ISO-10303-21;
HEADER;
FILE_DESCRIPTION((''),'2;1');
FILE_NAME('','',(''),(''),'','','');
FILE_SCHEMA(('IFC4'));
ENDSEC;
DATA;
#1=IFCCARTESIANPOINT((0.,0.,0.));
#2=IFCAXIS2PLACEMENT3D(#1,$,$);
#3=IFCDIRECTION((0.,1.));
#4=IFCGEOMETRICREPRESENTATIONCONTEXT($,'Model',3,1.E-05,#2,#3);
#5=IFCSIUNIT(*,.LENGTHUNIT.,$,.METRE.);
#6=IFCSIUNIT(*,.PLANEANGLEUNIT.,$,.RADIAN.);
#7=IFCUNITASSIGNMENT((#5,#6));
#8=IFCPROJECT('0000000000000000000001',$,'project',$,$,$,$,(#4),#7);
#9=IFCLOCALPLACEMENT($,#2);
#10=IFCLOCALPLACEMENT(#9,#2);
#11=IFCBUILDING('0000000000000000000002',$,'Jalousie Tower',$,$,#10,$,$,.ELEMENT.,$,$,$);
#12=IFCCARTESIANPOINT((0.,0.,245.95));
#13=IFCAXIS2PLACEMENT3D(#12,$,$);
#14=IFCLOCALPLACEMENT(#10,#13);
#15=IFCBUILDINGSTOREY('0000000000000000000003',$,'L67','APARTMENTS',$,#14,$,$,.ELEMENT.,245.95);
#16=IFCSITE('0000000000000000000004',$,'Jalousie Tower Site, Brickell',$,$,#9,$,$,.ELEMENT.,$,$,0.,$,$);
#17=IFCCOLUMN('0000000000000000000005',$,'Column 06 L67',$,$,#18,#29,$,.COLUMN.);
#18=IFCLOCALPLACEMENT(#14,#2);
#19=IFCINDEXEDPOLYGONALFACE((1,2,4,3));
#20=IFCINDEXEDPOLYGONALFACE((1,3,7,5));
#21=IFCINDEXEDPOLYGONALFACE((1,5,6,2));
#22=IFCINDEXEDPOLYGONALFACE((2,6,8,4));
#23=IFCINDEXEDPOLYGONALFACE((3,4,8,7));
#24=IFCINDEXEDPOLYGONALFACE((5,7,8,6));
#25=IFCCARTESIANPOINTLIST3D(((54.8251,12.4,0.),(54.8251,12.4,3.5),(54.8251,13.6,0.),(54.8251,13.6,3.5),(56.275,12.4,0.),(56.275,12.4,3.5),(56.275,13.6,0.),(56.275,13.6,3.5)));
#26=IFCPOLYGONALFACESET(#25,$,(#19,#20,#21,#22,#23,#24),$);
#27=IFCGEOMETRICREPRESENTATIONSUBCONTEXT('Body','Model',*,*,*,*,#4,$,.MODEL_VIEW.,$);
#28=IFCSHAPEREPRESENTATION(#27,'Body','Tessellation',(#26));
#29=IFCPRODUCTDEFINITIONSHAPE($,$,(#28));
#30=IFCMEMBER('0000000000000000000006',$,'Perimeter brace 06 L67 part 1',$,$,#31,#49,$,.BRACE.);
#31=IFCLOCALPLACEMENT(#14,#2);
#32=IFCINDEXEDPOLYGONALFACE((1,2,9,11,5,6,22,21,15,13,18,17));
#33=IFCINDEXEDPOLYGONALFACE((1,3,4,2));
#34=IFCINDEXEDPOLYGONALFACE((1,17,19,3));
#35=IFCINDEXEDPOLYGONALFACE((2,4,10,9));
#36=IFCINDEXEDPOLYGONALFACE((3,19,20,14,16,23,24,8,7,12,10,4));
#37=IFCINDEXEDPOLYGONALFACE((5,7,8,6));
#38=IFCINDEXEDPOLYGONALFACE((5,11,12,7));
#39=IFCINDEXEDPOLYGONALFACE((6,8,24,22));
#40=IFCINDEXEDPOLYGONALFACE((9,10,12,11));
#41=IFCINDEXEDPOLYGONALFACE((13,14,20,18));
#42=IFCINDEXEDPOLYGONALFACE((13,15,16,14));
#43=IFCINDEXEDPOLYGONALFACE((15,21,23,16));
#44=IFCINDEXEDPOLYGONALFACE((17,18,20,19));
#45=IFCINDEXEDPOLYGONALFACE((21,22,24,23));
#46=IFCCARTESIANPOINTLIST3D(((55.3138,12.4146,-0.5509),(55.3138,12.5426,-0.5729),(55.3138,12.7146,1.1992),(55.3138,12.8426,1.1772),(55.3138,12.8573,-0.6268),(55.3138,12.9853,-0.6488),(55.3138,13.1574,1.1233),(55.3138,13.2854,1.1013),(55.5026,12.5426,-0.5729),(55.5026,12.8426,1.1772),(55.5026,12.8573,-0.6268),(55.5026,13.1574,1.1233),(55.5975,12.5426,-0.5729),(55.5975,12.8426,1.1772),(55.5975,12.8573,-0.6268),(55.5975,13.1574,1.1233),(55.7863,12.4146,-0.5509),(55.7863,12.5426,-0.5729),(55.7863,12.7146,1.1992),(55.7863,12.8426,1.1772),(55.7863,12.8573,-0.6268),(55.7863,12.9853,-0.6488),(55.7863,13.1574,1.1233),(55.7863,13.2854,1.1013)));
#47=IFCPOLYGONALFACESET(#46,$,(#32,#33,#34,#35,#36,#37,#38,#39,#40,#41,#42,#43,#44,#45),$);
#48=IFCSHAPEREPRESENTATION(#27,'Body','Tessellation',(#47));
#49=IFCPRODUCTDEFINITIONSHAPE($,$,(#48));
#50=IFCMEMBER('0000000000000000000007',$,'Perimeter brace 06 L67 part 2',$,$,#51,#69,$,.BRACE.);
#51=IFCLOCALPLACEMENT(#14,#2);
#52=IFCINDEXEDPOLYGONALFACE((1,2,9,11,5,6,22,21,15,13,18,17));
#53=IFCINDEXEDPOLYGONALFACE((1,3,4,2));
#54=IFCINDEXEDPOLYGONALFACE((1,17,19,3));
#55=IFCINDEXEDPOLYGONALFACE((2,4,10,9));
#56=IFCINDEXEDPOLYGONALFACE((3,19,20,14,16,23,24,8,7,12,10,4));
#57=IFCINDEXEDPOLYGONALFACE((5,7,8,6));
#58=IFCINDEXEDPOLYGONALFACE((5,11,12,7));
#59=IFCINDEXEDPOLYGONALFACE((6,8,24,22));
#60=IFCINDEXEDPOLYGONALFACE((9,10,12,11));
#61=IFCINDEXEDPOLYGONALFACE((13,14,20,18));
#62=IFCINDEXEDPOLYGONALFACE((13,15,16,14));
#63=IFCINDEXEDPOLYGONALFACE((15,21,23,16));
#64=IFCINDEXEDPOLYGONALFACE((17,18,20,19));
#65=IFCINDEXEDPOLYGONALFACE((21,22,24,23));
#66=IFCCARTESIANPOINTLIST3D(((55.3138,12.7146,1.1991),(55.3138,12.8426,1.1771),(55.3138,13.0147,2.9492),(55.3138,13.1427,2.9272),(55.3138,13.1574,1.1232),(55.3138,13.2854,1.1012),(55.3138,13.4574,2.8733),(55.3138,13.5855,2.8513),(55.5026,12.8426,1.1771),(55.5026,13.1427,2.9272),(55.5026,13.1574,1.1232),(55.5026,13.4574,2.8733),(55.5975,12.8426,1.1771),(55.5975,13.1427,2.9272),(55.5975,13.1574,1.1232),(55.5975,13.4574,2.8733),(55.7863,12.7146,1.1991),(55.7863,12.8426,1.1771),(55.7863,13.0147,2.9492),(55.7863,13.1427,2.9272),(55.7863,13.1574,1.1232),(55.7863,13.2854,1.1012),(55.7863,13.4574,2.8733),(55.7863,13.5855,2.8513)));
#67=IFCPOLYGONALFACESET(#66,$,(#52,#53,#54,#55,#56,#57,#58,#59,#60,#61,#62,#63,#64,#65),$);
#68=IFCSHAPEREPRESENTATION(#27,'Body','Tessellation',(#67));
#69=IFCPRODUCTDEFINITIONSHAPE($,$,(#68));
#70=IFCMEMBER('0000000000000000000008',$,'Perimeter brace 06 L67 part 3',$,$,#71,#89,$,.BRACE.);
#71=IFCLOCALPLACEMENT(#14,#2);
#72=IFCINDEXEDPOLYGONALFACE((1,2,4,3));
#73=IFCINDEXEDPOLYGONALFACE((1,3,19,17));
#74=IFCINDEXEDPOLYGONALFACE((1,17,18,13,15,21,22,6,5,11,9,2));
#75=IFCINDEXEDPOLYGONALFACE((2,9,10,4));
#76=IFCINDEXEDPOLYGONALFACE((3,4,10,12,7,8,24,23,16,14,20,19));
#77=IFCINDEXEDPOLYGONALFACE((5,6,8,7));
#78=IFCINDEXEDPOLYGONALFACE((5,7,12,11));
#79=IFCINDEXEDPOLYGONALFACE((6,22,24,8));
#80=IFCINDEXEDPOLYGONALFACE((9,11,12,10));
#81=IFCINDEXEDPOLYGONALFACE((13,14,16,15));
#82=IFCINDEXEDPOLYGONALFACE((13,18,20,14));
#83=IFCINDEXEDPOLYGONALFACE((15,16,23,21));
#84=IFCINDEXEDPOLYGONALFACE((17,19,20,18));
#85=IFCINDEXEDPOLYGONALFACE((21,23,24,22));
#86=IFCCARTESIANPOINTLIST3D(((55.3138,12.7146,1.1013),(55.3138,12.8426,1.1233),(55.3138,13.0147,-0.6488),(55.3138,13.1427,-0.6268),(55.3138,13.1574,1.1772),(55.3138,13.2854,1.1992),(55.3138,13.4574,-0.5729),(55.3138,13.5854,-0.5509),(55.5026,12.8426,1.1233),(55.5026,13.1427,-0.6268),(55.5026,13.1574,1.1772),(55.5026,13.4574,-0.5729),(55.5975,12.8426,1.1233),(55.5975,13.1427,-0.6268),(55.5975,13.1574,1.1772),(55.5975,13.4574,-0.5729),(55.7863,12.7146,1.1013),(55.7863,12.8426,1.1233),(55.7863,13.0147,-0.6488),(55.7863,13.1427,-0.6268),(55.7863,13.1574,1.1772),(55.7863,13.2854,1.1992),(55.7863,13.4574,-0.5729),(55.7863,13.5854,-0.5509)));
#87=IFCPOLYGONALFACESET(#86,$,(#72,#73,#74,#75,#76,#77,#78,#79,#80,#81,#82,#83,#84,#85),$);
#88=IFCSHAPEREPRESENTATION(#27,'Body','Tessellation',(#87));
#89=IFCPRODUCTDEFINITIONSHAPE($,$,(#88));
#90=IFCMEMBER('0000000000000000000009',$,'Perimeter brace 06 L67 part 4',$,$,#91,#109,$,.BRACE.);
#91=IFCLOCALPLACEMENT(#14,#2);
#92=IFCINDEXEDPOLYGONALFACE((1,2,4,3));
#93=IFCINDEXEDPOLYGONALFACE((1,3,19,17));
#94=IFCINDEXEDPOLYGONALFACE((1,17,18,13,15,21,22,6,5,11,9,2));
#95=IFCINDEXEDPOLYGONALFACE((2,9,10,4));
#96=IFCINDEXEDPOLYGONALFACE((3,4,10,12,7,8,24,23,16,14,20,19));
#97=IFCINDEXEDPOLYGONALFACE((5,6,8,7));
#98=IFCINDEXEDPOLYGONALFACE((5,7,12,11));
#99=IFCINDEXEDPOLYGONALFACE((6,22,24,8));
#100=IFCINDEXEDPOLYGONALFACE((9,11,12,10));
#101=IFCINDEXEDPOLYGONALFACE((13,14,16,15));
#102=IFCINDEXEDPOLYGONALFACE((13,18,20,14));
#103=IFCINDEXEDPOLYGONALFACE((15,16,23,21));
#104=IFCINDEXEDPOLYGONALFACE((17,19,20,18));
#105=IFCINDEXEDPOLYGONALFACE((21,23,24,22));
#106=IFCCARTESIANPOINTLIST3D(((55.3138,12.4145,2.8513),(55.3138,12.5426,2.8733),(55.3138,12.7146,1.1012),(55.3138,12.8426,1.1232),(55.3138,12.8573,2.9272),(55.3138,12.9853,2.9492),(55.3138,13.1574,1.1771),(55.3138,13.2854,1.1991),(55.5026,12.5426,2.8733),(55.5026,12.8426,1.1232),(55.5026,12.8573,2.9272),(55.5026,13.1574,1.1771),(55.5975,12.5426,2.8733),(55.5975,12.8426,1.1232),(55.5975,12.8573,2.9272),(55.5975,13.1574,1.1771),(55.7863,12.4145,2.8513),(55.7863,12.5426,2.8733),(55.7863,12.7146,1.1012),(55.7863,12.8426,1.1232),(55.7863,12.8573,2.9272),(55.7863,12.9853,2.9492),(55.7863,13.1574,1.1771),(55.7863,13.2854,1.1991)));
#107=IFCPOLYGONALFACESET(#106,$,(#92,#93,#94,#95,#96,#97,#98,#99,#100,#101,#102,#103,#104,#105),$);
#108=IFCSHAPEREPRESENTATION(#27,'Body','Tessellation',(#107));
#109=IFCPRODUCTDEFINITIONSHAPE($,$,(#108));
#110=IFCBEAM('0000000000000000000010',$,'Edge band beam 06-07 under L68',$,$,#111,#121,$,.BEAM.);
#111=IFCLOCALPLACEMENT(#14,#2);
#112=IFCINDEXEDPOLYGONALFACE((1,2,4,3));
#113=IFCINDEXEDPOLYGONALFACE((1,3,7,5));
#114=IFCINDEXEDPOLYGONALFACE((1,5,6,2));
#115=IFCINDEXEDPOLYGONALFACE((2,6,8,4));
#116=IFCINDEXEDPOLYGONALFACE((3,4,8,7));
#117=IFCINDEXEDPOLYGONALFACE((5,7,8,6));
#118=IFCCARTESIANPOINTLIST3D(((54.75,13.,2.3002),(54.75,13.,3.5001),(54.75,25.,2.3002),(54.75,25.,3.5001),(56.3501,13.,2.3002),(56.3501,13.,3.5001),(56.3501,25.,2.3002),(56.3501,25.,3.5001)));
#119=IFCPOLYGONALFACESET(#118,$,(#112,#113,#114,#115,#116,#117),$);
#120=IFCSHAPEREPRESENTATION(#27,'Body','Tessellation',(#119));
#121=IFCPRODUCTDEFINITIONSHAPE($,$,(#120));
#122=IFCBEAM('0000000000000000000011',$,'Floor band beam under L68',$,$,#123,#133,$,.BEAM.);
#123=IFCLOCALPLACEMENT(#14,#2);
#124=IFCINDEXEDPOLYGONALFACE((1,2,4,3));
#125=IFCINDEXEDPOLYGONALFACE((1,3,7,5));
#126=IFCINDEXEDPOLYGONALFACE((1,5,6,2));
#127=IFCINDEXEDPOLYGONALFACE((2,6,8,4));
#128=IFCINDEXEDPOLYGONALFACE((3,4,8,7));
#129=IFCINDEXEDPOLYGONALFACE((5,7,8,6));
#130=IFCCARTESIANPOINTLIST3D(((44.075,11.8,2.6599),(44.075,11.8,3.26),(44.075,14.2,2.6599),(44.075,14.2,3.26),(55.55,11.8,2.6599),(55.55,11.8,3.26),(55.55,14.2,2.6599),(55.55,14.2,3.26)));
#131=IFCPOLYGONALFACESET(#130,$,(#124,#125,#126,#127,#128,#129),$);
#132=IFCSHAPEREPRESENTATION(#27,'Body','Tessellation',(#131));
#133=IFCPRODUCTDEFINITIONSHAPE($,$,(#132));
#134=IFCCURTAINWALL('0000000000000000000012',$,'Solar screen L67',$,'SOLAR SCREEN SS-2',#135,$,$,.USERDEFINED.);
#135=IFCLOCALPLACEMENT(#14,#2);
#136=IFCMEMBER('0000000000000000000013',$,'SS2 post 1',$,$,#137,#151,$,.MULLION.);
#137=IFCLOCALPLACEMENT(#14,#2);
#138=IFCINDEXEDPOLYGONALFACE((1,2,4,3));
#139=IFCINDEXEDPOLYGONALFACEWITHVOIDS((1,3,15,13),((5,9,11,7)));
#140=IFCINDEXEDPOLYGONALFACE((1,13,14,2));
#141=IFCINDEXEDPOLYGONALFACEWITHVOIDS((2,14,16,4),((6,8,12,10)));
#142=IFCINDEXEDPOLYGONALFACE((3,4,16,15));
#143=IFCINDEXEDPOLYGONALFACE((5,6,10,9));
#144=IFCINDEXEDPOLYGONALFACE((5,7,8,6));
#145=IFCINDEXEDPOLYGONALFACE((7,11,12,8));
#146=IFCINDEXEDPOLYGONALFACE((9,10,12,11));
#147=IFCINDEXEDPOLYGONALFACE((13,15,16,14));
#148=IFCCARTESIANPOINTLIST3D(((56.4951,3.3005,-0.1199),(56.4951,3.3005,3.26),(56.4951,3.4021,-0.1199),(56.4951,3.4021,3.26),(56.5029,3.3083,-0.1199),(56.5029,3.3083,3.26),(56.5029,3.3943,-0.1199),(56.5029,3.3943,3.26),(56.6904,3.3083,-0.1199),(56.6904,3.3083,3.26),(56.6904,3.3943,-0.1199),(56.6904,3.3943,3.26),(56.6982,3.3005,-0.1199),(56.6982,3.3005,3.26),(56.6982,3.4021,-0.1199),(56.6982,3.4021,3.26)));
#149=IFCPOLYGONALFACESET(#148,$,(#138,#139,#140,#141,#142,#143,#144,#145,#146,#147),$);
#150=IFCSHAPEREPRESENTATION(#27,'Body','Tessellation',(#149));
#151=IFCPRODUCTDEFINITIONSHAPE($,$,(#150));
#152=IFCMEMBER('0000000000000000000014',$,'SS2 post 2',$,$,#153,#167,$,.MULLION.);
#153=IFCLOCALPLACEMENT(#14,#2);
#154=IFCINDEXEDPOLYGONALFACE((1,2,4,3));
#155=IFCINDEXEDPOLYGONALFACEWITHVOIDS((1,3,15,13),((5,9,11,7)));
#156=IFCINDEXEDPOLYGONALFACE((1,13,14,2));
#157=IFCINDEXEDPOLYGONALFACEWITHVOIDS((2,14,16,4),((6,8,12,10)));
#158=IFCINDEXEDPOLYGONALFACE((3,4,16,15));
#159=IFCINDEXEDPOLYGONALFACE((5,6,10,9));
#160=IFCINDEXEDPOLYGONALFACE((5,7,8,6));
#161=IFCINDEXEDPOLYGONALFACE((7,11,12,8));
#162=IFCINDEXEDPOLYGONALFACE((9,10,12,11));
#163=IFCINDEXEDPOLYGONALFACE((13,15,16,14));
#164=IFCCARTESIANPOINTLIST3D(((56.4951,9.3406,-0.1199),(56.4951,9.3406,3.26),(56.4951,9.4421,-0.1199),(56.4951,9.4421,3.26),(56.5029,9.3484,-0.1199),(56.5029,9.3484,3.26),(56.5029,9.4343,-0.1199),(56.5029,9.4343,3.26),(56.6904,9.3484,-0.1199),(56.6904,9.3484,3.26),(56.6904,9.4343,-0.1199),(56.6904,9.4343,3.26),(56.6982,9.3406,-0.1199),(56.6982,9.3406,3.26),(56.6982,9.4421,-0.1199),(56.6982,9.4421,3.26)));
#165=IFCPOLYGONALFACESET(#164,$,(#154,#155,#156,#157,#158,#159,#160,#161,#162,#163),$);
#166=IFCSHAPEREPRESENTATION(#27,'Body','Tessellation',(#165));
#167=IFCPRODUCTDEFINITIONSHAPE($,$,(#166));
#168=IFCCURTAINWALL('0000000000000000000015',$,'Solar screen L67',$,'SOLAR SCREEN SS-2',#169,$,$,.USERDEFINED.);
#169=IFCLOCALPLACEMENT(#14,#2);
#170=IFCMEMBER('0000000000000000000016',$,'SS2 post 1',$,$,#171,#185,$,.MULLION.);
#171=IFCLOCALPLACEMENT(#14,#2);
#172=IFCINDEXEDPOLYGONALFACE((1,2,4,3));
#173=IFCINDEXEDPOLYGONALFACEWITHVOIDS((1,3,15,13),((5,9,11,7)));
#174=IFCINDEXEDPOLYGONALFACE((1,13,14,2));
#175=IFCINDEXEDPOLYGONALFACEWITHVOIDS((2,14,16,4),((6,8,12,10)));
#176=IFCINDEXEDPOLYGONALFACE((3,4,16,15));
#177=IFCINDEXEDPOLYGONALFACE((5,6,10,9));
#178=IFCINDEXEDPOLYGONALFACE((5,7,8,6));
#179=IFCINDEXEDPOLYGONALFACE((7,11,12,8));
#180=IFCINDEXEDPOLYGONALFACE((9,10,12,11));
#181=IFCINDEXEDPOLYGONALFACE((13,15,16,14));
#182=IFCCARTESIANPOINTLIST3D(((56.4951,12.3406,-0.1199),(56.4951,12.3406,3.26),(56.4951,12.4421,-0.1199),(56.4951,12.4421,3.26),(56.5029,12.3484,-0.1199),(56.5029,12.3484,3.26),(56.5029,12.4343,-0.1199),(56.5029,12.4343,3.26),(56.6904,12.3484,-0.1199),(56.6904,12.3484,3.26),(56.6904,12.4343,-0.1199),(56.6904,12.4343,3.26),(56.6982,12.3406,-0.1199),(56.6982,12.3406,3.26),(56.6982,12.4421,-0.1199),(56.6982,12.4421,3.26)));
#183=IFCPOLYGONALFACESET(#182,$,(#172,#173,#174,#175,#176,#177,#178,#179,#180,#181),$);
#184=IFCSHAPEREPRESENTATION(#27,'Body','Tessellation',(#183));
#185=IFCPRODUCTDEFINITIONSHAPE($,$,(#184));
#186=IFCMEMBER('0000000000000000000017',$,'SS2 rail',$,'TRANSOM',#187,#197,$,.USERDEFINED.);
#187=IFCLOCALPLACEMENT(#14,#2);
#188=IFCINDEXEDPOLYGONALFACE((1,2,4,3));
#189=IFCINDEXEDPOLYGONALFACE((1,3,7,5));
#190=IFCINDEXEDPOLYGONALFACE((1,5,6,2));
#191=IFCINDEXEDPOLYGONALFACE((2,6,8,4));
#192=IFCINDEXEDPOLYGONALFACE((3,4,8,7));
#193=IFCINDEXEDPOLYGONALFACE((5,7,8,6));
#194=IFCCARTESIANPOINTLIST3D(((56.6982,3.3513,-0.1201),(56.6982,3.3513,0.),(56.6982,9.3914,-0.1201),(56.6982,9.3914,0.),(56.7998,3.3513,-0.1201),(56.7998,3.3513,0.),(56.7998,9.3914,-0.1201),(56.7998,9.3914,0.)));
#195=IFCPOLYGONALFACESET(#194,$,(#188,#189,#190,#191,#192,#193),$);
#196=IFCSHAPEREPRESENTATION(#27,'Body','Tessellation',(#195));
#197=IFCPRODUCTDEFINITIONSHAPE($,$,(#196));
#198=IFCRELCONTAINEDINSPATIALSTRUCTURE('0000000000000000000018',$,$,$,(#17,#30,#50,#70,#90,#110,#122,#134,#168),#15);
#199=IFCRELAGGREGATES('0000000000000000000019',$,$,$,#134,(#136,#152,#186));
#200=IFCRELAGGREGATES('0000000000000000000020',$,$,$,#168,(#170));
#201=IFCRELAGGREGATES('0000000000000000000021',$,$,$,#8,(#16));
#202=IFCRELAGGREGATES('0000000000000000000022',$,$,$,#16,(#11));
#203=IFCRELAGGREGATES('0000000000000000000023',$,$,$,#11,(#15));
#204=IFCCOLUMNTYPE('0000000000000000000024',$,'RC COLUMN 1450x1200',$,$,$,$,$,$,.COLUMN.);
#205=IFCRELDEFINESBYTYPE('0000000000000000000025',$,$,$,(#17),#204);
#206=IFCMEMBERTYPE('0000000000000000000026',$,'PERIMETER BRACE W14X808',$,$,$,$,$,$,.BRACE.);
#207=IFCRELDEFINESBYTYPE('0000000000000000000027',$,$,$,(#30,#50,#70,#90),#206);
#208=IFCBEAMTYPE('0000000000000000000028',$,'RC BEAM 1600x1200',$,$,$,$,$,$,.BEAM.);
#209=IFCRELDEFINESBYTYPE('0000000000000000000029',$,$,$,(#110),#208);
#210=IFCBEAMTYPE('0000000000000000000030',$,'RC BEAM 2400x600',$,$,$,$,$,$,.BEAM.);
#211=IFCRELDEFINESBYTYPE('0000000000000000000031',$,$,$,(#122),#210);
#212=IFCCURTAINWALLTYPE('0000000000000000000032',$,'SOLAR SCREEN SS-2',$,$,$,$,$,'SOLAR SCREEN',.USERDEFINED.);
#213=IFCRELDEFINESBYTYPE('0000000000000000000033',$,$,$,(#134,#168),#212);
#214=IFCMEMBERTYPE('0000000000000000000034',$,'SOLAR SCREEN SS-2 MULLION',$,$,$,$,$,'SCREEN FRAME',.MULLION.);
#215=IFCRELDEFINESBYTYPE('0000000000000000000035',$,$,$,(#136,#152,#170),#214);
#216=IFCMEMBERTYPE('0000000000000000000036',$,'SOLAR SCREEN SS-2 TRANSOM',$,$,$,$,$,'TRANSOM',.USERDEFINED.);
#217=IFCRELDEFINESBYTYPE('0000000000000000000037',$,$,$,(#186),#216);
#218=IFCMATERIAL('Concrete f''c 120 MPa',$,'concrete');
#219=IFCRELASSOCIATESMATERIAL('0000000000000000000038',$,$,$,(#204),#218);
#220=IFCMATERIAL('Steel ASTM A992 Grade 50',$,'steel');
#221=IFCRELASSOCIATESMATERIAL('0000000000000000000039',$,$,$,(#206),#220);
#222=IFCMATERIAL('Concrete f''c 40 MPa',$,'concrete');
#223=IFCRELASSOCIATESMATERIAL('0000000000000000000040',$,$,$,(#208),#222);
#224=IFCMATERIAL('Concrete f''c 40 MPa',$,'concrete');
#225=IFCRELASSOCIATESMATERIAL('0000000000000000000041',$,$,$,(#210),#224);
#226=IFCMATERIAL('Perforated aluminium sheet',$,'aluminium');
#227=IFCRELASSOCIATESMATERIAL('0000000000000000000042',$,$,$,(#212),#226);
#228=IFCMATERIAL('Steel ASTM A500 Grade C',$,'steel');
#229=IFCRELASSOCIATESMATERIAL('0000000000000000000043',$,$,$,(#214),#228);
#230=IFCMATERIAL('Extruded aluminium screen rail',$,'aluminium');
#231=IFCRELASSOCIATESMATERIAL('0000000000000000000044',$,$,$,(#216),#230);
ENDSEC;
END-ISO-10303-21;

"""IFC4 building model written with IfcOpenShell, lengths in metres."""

from ifc_helpers import new_model, si_unit, direction, frame, origin, origin_2d, place, context, subcontext, project, spatial, rectangle, hollow_rectangle, i_section, extrude, material, material_profile, profile_set, type_object, element, aggregate, save


model = new_model("IFC4")

# Units and contexts
model_context = context("Model", 3, precision=1e-05, world=origin(), true_north=direction((0.0, 1.0)))
body_context = subcontext(model_context, "Body", "Model", "MODEL_VIEW")
ifc_project = project(units=[si_unit("LENGTHUNIT", "METRE"), si_unit("PLANEANGLEUNIT", "RADIAN")], contexts=[model_context])

# Site, building, storey
site_placement = place(None, origin())
site = spatial("IfcSite", under=ifc_project, at=site_placement, Name="Jalousie Tower Site, Brickell", CompositionType="ELEMENT", RefElevation=0.0)
building_placement = place(site_placement, origin())
building = spatial("IfcBuilding", under=site, at=building_placement, Name="Jalousie Tower", CompositionType="ELEMENT")
storey_placement = place(building_placement, frame((0.0, 0.0, 245.95)))
storey = spatial("IfcBuildingStorey", under=building, at=storey_placement, Name="L67", Description="APARTMENTS", CompositionType="ELEMENT", Elevation=245.95)

# Column
ifc_material_1 = material(Name="Concrete f'c 120 MPa", Category="concrete")
ifc_material_profile_1 = material_profile(ifc_material_1, rectangle(XDim=1.45, YDim=1.2, at=origin_2d()), Name="RC 1450x1200")
ifc_profile_set_1 = profile_set([ifc_material_profile_1], Name="Concrete f'c 120 MPa")
column_type = type_object("IfcColumnType", Name="RC COLUMN 1450x1200", PredefinedType="COLUMN", material=ifc_profile_set_1)
column_placement = place(storey_placement, frame((55.55, 13.0, 0.0), z_axis=(0.0, 0.0, 1.0), x_axis=(1.0, 0.0, 0.0)))
element("IfcColumn", 1, at=column_placement, inside=storey, type_object=column_type, Name="Column 06 L67", PredefinedType="COLUMN", context=body_context, shape_type="SweptSolid", body=[
    extrude(rectangle(XDim=1.45, YDim=1.2, at=origin_2d()), origin(), (0.0, 0.0, 1.0), 3.5),
])

# Members
ifc_material_2 = material(Name="Steel ASTM A992 Grade 50", Category="steel")
ifc_material_profile_2 = material_profile(ifc_material_2, i_section(OverallWidth=0.4724, OverallDepth=0.5791, WebThickness=0.095, FlangeThickness=0.1299, at=origin_2d()), Name="W14X808")
ifc_profile_set_2 = profile_set([ifc_material_profile_2], Name="Steel ASTM A992 Grade 50")
member_type_1 = type_object("IfcMemberType", Name="PERIMETER BRACE W14X808", PredefinedType="BRACE", material=ifc_profile_set_2)
for number, where, z_axis, x_axis, name in (
    (2, (55.55, 12.7, -0.5999), (0.0, 0.168991, 0.985618), (-1.0, 0.0, 0.0), "Perimeter brace 06 L67 part 1"),
    (3, (55.55, 13.0, 1.1501), (0.0, 0.168991, 0.985618), (-1.0, 0.0, 0.0), "Perimeter brace 06 L67 part 2"),
    (4, (55.55, 13.3, -0.5999), (0.0, -0.168991, 0.985618), (1.0, 0.0, 0.0), "Perimeter brace 06 L67 part 3"),
    (5, (55.55, 13.0, 1.1501), (0.0, -0.168991, 0.985618), (1.0, 0.0, 0.0), "Perimeter brace 06 L67 part 4"),
):
    element("IfcMember", number, at=place(storey_placement, frame(where, z_axis=z_axis, x_axis=x_axis)), inside=storey, type_object=member_type_1, Name=name, PredefinedType="BRACE", context=body_context, shape_type="SweptSolid", body=[
        extrude(i_section(OverallWidth=0.4724, OverallDepth=0.5791, WebThickness=0.095, FlangeThickness=0.1299, at=origin_2d()), origin(), (0.0, 0.0, 1.0), 1.7756),
    ])

# Beams
ifc_material_3 = material(Name="Concrete f'c 40 MPa", Category="concrete")
ifc_material_profile_3 = material_profile(ifc_material_3, rectangle(XDim=1.6001, YDim=1.2, at=origin_2d()), Name="RC 1600x1200")
ifc_profile_set_3 = profile_set([ifc_material_profile_3], Name="Concrete f'c 40 MPa")
beam_type_1 = type_object("IfcBeamType", Name="RC BEAM 1600x1200", PredefinedType="BEAM", material=ifc_profile_set_3)
beam_1_placement = place(storey_placement, frame((55.55, 13.0, 2.9001), z_axis=(0.0, 1.0, 0.0), x_axis=(-1.0, 0.0, 0.0)))
element("IfcBeam", 6, at=beam_1_placement, inside=storey, type_object=beam_type_1, Name="Edge band beam 06-07 under L68", PredefinedType="BEAM", context=body_context, shape_type="SweptSolid", body=[
    extrude(rectangle(XDim=1.6001, YDim=1.2, at=origin_2d()), origin(), (0.0, 0.0, 1.0), 12.0),
])
ifc_material_4 = material(Name="Concrete f'c 40 MPa", Category="concrete")
ifc_material_profile_4 = material_profile(ifc_material_4, rectangle(XDim=2.3999, YDim=0.6001, at=origin_2d()), Name="RC 2400x600")
ifc_profile_set_4 = profile_set([ifc_material_profile_4], Name="Concrete f'c 40 MPa")
beam_type_2 = type_object("IfcBeamType", Name="RC BEAM 2400x600", PredefinedType="BEAM", material=ifc_profile_set_4)
beam_2_placement = place(storey_placement, frame((55.55, 13.0, 2.96), z_axis=(-1.0, 0.0, 0.0), x_axis=(0.0, -1.0, 0.0)))
element("IfcBeam", 7, at=beam_2_placement, inside=storey, type_object=beam_type_2, Name="Floor band beam under L68", PredefinedType="BEAM", context=body_context, shape_type="SweptSolid", body=[
    extrude(rectangle(XDim=2.3999, YDim=0.6001, at=origin_2d()), origin(), (0.0, 0.0, 1.0), 11.4751),
])

# Curtain wall, members
ifc_material_5 = material(Name="Perforated aluminium sheet", Category="aluminium")
curtain_wall_type = type_object("IfcCurtainWallType", Name="SOLAR SCREEN SS-2", ElementType="SOLAR SCREEN", PredefinedType="USERDEFINED", material=ifc_material_5)
curtain_wall_1_placement = place(storey_placement, origin())
curtain_wall_1 = element("IfcCurtainWall", 8, at=curtain_wall_1_placement, inside=storey, type_object=curtain_wall_type, Name="Solar screen L67", ObjectType="SOLAR SCREEN SS-2", PredefinedType="USERDEFINED")
ifc_material_6 = material(Name="Steel ASTM A500 Grade C", Category="steel")
ifc_material_profile_5 = material_profile(ifc_material_6, hollow_rectangle(XDim=0.1016, YDim=0.2031, WallThickness=0.0078, at=origin_2d()), Name="HSS8X4X5/16")
ifc_profile_set_5 = profile_set([ifc_material_profile_5], Name="Steel ASTM A500 Grade C")
member_type_2 = type_object("IfcMemberType", Name="SOLAR SCREEN SS-2 MULLION", ElementType="SCREEN FRAME", PredefinedType="MULLION", material=ifc_profile_set_5)
member_1_placement = place(storey_placement, frame((56.5967, 3.3513, -0.1199), z_axis=(0.0, 0.0, 1.0), x_axis=(0.0, 1.0, 0.0)))
member_1 = element("IfcMember", 9, at=member_1_placement, type_object=member_type_2, Name="SS2 post 1", PredefinedType="MULLION", context=body_context, shape_type="SweptSolid", body=[
    extrude(hollow_rectangle(XDim=0.1016, YDim=0.2031, WallThickness=0.0078, at=origin_2d()), origin(), (0.0, 0.0, 1.0), 3.3799),
])
member_2_placement = place(storey_placement, frame((56.5967, 9.3914, -0.1199), z_axis=(0.0, 0.0, 1.0), x_axis=(0.0, 1.0, 0.0)))
member_2 = element("IfcMember", 10, at=member_2_placement, type_object=member_type_2, Name="SS2 post 2", PredefinedType="MULLION", context=body_context, shape_type="SweptSolid", body=[
    extrude(hollow_rectangle(XDim=0.1016, YDim=0.2031, WallThickness=0.0078, at=origin_2d()), origin(), (0.0, 0.0, 1.0), 3.3799),
])

# Curtain wall, member
curtain_wall_2_placement = place(storey_placement, origin())
curtain_wall_2 = element("IfcCurtainWall", 11, at=curtain_wall_2_placement, inside=storey, type_object=curtain_wall_type, Name="Solar screen L67", ObjectType="SOLAR SCREEN SS-2", PredefinedType="USERDEFINED")
member_3_placement = place(storey_placement, frame((56.5967, 12.3914, -0.1199), z_axis=(0.0, 0.0, 1.0), x_axis=(0.0, 1.0, 0.0)))
member_3 = element("IfcMember", 12, at=member_3_placement, type_object=member_type_2, Name="SS2 post 1", PredefinedType="MULLION", context=body_context, shape_type="SweptSolid", body=[
    extrude(hollow_rectangle(XDim=0.1016, YDim=0.2031, WallThickness=0.0078, at=origin_2d()), origin(), (0.0, 0.0, 1.0), 3.3799),
])

# Member
ifc_material_7 = material(Name="Extruded aluminium screen rail", Category="aluminium")
ifc_material_profile_6 = material_profile(ifc_material_7, rectangle(XDim=0.1016, YDim=0.1201, at=origin_2d()), Name="RAIL 102x120")
ifc_profile_set_6 = profile_set([ifc_material_profile_6], Name="Extruded aluminium screen rail")
member_type_3 = type_object("IfcMemberType", Name="SOLAR SCREEN SS-2 TRANSOM", ElementType="TRANSOM", PredefinedType="USERDEFINED", material=ifc_profile_set_6)
member_4_placement = place(storey_placement, frame((56.749, 3.3513, -0.0601), z_axis=(0.0, 1.0, 0.0), x_axis=(-1.0, 0.0, 0.0)))
member_4 = element("IfcMember", 13, at=member_4_placement, type_object=member_type_3, Name="SS2 rail", ObjectType="TRANSOM", PredefinedType="USERDEFINED", context=body_context, shape_type="SweptSolid", body=[
    extrude(rectangle(XDim=0.1016, YDim=0.1201, at=origin_2d()), origin(), (0.0, 0.0, 1.0), 6.04),
])

aggregate(curtain_wall_1, [member_1, member_2, member_4])
aggregate(curtain_wall_2, [member_3])

save(model, "model.ifc")
